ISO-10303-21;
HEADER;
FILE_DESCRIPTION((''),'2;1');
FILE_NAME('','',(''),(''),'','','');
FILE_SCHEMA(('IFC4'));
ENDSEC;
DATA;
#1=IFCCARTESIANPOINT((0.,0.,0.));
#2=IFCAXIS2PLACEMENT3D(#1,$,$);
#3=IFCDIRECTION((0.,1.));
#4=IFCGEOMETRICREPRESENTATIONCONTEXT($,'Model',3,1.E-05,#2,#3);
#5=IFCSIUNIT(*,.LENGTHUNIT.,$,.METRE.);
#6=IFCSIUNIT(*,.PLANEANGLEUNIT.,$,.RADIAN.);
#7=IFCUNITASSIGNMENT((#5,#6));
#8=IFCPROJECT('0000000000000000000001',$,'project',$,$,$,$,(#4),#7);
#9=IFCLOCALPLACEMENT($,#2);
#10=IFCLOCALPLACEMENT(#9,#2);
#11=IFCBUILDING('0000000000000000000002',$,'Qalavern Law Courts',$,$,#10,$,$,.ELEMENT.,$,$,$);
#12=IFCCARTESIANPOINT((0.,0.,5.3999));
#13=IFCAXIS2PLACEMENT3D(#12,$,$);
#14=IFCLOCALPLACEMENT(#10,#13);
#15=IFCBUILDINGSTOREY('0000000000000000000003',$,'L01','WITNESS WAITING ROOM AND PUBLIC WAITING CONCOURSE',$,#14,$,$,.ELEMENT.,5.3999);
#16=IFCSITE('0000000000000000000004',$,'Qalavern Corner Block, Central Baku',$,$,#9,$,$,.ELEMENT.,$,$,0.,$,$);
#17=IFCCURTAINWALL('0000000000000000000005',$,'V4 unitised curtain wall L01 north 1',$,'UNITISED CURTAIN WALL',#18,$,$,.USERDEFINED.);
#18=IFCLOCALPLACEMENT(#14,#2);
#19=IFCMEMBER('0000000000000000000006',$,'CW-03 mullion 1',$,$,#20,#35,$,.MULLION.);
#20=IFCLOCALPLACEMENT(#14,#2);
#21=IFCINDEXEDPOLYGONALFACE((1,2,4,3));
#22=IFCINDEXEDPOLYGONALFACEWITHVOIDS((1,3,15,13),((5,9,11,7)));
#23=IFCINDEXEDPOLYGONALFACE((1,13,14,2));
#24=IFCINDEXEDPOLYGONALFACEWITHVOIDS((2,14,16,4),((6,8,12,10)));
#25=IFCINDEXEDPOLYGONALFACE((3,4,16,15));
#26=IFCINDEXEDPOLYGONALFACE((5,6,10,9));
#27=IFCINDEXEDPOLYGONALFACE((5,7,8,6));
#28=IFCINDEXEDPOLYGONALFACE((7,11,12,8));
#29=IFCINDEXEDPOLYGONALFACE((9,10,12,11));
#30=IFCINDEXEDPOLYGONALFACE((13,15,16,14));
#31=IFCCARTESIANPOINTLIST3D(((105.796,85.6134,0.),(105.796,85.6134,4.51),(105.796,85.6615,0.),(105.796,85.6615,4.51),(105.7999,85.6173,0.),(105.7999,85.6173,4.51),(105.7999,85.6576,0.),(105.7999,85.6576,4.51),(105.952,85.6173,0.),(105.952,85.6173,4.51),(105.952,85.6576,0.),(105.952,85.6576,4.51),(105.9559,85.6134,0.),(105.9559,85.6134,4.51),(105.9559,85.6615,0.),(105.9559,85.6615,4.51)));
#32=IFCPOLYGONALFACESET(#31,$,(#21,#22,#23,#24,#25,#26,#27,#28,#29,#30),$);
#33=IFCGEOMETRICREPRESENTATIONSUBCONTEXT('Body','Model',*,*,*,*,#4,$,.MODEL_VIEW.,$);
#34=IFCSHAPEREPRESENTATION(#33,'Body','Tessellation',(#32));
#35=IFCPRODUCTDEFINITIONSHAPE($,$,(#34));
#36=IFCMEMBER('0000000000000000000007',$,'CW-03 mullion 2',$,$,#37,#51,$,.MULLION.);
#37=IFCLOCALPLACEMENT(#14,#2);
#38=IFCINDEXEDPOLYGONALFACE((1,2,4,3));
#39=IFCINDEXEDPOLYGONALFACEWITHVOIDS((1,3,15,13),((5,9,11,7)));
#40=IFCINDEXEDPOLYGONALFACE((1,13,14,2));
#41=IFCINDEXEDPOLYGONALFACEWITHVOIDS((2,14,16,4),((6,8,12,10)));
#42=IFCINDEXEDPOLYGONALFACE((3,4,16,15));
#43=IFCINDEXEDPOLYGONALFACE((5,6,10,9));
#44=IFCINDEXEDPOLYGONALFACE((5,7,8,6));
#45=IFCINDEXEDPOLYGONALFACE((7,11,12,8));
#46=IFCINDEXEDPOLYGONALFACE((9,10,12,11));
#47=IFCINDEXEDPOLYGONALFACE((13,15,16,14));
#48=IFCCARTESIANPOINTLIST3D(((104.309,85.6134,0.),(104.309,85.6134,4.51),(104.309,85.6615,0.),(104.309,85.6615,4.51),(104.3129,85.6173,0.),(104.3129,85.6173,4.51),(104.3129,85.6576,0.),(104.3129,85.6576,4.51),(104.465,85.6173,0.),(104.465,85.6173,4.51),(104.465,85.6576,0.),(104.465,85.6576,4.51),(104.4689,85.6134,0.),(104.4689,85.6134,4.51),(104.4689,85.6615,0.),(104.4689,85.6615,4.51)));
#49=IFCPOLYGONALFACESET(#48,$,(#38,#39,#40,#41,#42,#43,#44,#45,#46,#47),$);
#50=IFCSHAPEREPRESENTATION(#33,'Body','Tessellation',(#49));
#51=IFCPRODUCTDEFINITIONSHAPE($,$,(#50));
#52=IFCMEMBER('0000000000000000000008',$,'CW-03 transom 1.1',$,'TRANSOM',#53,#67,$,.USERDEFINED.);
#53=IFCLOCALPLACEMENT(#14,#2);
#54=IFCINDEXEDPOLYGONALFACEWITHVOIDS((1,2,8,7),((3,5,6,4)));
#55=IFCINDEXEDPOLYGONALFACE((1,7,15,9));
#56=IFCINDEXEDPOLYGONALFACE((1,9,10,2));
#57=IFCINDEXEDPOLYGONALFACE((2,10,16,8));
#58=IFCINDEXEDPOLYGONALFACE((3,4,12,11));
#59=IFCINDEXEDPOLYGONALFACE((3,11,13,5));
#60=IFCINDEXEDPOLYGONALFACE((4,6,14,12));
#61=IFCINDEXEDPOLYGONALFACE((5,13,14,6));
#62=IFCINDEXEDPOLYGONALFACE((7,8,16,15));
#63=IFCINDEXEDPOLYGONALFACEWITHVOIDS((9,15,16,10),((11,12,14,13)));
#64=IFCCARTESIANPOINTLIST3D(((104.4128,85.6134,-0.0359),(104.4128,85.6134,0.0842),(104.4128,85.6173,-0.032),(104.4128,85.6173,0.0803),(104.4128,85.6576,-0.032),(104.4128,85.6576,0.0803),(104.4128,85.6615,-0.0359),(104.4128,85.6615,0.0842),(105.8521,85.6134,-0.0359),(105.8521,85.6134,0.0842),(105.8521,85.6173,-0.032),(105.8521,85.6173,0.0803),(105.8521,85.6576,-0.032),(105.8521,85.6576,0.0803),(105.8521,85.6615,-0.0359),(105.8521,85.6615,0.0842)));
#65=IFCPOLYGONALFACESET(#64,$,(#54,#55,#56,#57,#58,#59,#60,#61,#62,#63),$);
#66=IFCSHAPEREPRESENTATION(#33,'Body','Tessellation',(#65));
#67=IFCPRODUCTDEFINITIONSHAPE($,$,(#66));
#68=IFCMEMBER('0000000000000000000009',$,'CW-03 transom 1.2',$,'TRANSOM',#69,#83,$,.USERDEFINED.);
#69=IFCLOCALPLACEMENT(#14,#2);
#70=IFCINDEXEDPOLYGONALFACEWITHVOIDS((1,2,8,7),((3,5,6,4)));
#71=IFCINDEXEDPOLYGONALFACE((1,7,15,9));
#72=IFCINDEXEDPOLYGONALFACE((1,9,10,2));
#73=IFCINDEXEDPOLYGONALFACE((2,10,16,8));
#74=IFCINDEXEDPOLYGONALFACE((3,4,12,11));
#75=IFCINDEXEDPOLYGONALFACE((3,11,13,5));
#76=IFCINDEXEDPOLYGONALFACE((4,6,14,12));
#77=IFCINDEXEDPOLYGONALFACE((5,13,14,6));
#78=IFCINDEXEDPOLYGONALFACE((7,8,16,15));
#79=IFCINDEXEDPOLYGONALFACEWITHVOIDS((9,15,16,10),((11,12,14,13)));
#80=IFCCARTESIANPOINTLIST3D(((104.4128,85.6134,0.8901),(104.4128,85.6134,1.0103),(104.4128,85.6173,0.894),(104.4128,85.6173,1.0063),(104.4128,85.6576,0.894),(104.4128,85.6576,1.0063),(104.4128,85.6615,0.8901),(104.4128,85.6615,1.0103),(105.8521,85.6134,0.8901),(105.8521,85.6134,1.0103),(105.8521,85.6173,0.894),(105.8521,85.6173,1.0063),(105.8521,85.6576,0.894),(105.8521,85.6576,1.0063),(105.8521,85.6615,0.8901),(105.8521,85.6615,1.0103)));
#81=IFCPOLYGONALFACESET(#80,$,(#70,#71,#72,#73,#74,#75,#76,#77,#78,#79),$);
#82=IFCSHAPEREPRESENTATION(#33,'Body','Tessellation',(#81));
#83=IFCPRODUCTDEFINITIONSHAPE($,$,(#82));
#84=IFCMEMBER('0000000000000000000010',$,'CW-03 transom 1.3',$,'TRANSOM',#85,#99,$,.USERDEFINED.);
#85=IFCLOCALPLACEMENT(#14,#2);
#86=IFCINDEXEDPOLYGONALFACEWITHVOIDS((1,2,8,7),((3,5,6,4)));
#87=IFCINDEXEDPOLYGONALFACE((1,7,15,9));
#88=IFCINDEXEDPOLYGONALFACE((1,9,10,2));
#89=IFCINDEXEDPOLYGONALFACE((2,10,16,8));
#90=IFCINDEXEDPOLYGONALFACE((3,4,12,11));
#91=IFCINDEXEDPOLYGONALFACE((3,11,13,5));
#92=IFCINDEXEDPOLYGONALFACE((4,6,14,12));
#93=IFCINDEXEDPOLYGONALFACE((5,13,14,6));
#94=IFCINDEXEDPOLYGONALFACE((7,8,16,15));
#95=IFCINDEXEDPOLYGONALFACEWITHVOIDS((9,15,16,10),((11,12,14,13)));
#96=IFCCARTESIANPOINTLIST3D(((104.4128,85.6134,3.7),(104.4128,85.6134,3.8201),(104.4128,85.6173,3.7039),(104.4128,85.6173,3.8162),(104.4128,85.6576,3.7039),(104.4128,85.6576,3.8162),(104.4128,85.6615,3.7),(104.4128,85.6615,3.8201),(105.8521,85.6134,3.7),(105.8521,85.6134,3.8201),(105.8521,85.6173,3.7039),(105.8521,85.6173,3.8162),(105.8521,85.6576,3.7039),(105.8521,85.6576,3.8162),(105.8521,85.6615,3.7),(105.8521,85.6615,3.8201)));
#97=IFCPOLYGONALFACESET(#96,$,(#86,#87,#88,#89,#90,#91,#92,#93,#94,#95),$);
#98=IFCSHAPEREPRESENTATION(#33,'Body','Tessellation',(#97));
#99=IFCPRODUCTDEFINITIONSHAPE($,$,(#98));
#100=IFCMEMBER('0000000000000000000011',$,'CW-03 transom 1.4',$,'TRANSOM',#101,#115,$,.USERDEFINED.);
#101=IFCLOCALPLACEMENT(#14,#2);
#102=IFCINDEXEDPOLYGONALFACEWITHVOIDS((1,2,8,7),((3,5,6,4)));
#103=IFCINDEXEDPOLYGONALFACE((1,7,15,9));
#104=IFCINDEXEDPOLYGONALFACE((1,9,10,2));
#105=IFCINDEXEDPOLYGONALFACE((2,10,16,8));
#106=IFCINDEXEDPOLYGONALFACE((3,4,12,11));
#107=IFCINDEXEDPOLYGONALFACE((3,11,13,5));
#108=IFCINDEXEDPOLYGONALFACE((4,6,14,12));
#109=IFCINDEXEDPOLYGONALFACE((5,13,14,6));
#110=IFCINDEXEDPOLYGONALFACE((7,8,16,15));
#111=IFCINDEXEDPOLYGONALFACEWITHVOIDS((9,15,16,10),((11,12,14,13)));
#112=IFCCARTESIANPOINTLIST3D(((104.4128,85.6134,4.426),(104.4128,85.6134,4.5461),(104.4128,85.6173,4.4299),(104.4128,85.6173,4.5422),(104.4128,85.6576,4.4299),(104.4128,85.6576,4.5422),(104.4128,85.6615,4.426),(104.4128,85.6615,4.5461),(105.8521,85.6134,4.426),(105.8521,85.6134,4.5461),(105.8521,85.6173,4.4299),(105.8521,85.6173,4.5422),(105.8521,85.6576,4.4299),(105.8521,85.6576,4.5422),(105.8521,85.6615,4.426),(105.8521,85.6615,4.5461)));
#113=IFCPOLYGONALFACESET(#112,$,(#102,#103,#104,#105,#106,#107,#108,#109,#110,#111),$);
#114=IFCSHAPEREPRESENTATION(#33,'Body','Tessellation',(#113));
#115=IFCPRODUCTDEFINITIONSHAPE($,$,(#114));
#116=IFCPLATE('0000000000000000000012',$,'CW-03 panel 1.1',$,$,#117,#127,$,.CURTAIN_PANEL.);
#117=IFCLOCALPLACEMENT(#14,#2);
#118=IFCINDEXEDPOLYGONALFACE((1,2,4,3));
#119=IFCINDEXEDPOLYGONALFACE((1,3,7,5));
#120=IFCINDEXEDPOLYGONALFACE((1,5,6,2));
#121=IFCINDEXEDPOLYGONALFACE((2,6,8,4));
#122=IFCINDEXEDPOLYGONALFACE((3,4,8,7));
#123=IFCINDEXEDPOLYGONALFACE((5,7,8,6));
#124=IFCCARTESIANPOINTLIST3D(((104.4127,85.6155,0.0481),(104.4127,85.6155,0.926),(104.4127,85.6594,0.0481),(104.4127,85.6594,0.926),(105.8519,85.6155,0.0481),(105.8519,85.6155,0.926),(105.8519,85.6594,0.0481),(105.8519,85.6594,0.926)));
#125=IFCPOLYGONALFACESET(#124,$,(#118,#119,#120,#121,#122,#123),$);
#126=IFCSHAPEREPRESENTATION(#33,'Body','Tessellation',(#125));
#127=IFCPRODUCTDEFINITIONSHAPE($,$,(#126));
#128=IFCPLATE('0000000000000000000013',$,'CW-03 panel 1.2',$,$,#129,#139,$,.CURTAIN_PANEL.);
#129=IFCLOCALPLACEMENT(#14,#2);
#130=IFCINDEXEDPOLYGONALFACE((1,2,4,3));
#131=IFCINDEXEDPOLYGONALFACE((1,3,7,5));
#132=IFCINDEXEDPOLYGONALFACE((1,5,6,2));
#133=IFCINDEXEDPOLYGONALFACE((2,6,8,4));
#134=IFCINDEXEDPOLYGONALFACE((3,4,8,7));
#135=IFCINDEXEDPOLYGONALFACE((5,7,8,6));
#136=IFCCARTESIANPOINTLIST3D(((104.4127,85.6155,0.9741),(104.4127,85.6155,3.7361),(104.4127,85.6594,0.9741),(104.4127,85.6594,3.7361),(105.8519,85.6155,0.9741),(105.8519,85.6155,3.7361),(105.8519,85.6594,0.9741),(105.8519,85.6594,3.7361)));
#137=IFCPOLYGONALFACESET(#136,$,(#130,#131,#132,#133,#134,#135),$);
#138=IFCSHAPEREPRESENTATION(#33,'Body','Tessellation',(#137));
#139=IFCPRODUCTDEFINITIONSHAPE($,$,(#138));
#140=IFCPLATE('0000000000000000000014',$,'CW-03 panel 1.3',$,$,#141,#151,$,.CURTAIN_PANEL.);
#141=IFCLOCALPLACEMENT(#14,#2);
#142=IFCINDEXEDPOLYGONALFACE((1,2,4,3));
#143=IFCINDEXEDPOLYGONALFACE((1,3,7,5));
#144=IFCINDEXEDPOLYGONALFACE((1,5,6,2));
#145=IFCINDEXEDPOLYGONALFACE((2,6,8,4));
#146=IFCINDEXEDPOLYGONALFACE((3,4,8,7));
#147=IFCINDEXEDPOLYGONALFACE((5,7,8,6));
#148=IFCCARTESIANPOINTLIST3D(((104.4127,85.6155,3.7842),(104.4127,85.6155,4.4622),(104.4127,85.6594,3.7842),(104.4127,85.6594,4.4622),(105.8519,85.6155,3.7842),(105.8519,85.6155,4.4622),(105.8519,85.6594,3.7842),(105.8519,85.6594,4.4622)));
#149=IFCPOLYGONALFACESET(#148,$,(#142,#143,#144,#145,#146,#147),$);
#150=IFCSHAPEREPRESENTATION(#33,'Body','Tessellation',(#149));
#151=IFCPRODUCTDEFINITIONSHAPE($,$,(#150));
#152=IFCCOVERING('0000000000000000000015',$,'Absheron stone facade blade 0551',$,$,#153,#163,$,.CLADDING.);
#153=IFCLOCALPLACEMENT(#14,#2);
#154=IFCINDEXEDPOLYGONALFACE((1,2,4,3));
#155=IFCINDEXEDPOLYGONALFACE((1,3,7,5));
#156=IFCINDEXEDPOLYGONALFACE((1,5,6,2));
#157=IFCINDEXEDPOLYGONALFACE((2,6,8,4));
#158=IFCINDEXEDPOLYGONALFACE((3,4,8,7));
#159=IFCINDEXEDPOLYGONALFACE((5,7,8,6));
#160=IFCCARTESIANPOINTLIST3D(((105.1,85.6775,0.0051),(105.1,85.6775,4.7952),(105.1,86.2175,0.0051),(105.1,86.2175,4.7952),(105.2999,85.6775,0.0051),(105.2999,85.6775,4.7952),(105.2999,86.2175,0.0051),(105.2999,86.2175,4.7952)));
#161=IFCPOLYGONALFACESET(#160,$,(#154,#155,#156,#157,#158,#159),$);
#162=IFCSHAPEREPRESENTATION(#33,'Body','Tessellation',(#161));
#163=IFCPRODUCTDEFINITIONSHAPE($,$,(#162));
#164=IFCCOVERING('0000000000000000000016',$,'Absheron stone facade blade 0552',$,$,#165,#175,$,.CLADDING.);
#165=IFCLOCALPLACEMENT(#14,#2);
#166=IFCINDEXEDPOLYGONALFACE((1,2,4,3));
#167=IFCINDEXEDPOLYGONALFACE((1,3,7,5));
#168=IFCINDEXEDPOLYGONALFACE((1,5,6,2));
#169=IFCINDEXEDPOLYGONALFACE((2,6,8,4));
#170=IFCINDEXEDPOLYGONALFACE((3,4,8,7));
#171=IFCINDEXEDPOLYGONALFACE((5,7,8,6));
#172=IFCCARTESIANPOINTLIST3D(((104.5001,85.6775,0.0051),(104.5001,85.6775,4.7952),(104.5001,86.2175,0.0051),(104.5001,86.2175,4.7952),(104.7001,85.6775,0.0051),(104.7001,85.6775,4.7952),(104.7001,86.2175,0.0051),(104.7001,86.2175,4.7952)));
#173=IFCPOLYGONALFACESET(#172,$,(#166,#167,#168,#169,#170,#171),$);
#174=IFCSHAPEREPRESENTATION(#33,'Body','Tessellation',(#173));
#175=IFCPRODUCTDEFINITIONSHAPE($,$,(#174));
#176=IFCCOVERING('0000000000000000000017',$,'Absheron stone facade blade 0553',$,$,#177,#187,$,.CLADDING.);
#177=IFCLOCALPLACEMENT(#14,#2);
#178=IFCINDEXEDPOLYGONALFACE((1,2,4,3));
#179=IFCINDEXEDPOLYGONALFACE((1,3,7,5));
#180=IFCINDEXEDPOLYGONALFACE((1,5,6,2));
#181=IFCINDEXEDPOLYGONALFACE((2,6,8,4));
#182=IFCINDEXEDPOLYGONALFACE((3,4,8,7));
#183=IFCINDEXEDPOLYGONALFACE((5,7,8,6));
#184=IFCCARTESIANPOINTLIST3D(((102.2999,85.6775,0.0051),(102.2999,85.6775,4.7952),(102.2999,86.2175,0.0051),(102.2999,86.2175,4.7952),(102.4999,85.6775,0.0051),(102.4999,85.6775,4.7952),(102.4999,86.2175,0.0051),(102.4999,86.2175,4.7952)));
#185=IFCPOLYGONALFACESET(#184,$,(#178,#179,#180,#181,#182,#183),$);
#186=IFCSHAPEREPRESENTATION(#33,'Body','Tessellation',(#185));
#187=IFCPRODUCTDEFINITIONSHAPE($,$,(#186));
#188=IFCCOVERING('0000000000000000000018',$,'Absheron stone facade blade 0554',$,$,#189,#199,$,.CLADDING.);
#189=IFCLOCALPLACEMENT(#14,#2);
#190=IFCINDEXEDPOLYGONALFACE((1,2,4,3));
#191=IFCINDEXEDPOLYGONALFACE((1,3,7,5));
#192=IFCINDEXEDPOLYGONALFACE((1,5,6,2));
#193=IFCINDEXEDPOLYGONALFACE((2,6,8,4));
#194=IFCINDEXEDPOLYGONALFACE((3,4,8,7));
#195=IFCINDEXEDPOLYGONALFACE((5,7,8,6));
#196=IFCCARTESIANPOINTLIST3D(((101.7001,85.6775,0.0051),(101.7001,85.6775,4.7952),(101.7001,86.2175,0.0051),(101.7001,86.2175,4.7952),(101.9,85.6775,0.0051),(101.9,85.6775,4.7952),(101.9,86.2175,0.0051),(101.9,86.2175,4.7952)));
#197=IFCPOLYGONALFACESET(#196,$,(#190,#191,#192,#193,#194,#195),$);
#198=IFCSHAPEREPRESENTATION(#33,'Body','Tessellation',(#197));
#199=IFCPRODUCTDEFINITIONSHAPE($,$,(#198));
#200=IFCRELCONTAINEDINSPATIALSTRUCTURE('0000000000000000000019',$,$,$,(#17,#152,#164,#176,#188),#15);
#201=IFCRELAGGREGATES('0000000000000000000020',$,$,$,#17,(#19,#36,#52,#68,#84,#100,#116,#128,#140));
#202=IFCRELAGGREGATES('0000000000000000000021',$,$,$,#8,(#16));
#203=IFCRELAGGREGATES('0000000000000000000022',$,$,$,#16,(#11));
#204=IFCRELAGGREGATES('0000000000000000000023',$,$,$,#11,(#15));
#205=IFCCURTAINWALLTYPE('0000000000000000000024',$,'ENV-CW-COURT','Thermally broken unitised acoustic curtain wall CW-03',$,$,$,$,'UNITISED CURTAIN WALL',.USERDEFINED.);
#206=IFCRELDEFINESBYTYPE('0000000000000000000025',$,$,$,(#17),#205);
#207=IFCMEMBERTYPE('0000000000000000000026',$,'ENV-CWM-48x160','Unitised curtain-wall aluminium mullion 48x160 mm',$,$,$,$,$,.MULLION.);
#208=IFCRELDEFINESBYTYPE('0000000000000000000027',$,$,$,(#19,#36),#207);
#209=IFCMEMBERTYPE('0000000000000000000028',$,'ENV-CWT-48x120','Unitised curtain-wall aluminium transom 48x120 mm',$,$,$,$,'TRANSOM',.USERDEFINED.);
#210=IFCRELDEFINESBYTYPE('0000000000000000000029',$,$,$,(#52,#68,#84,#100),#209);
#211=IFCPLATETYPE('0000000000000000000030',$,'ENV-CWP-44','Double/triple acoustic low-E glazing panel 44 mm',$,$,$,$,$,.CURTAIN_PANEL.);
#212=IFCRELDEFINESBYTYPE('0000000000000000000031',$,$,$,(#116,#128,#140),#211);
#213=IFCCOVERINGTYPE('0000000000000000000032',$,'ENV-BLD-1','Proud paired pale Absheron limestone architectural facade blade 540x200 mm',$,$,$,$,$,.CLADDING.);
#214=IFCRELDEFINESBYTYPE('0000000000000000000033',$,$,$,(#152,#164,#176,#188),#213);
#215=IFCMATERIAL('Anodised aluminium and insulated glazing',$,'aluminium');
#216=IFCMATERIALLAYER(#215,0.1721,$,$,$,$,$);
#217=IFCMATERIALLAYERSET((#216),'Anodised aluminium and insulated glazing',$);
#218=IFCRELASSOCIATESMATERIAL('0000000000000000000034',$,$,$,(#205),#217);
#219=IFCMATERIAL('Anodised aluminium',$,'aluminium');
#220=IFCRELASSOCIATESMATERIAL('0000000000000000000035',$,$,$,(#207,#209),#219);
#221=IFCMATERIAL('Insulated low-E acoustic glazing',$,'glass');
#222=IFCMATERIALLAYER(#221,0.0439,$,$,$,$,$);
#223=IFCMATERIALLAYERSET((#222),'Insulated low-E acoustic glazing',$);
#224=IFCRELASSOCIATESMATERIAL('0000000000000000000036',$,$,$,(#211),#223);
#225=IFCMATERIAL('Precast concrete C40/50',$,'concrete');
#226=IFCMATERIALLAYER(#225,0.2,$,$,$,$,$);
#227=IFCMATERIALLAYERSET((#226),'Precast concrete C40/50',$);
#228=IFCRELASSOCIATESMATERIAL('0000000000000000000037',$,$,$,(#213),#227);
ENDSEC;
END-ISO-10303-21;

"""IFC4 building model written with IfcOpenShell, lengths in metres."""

from ifc_helpers import new_model, si_unit, direction, frame, origin, origin_2d, place, context, subcontext, project, spatial, rectangle, hollow_rectangle, extrude, material, layer, layer_set, material_profile, profile_set, type_object, element, aggregate, save


model = new_model("IFC4")

# Units and contexts
model_context = context("Model", 3, precision=1e-05, world=origin(), true_north=direction((0.0, 1.0)))
body_context = subcontext(model_context, "Body", "Model", "MODEL_VIEW")
ifc_project = project(units=[si_unit("LENGTHUNIT", "METRE"), si_unit("PLANEANGLEUNIT", "RADIAN")], contexts=[model_context])

# Site, building, storey
site_placement = place(None, origin())
site = spatial("IfcSite", under=ifc_project, at=site_placement, Name="Qalavern Corner Block, Central Baku", CompositionType="ELEMENT", RefElevation=0.0)
building_placement = place(site_placement, origin())
building = spatial("IfcBuilding", under=site, at=building_placement, Name="Qalavern Law Courts", CompositionType="ELEMENT")
storey_placement = place(building_placement, frame((0.0, 0.0, 5.3999)))
storey = spatial("IfcBuildingStorey", under=building, at=storey_placement, Name="L01", Description="WITNESS WAITING ROOM AND PUBLIC WAITING CONCOURSE", CompositionType="ELEMENT", Elevation=5.3999)

# Curtain wall, members, plates
ifc_material_1 = material(Name="Anodised aluminium and insulated glazing", Category="aluminium")
ifc_layer_1 = layer(ifc_material_1, 0.1721)
ifc_layer_set_1 = layer_set([ifc_layer_1], Name="Anodised aluminium and insulated glazing")
curtain_wall_type = type_object("IfcCurtainWallType", Name="ENV-CW-COURT", Description="Thermally broken unitised acoustic curtain wall CW-03", ElementType="UNITISED CURTAIN WALL", PredefinedType="USERDEFINED", material=ifc_layer_set_1)
curtain_wall_placement = place(storey_placement, origin())
curtain_wall = element("IfcCurtainWall", 1, at=curtain_wall_placement, inside=storey, type_object=curtain_wall_type, Name="V4 unitised curtain wall L01 north 1", ObjectType="UNITISED CURTAIN WALL", PredefinedType="USERDEFINED")
ifc_material_2 = material(Name="Anodised aluminium", Category="aluminium")
ifc_material_profile_1 = material_profile(ifc_material_2, hollow_rectangle(XDim=0.0481, YDim=0.1599, WallThickness=0.0039, at=origin_2d()), Name="ALU MULLION 48x160")
ifc_profile_set_1 = profile_set([ifc_material_profile_1], Name="Anodised aluminium")
member_type_1 = type_object("IfcMemberType", Name="ENV-CWM-48x160", Description="Unitised curtain-wall aluminium mullion 48x160 mm", PredefinedType="MULLION", material=ifc_profile_set_1)
member_1_placement = place(storey_placement, frame((105.876, 85.6375, 0.0), z_axis=(0.0, 0.0, 1.0), x_axis=(0.0, -1.0, 0.0)))
member_1 = element("IfcMember", 2, at=member_1_placement, type_object=member_type_1, Name="CW-03 mullion 1", PredefinedType="MULLION", context=body_context, shape_type="SweptSolid", body=[
    extrude(hollow_rectangle(XDim=0.0481, YDim=0.1599, WallThickness=0.0039, at=origin_2d()), origin(), (0.0, 0.0, 1.0), 4.51),
])
member_2_placement = place(storey_placement, frame((104.3889, 85.6375, 0.0), z_axis=(0.0, 0.0, 1.0), x_axis=(0.0, -1.0, 0.0)))
member_2 = element("IfcMember", 3, at=member_2_placement, type_object=member_type_1, Name="CW-03 mullion 2", PredefinedType="MULLION", context=body_context, shape_type="SweptSolid", body=[
    extrude(hollow_rectangle(XDim=0.0481, YDim=0.1599, WallThickness=0.0039, at=origin_2d()), origin(), (0.0, 0.0, 1.0), 4.51),
])
ifc_material_profile_2 = material_profile(ifc_material_2, hollow_rectangle(XDim=0.0481, YDim=0.1201, WallThickness=0.0039, at=origin_2d()), Name="ALU TRANSOM 48x120")
ifc_profile_set_2 = profile_set([ifc_material_profile_2], Name="Anodised aluminium")
member_type_2 = type_object("IfcMemberType", Name="ENV-CWT-48x120", Description="Unitised curtain-wall aluminium transom 48x120 mm", ElementType="TRANSOM", PredefinedType="USERDEFINED", material=ifc_profile_set_2)
member_3_placement = place(storey_placement, frame((105.8521, 85.6375, 0.0242), z_axis=(-1.0, 0.0, 0.0), x_axis=(0.0, -1.0, 0.0)))
member_3 = element("IfcMember", 4, at=member_3_placement, type_object=member_type_2, Name="CW-03 transom 1.1", ObjectType="TRANSOM", PredefinedType="USERDEFINED", context=body_context, shape_type="SweptSolid", body=[
    extrude(hollow_rectangle(XDim=0.0481, YDim=0.1201, WallThickness=0.0039, at=origin_2d()), origin(), (0.0, 0.0, 1.0), 1.4392),
])
member_4_placement = place(storey_placement, frame((105.8521, 85.6375, 0.9502), z_axis=(-1.0, 0.0, 0.0), x_axis=(0.0, -1.0, 0.0)))
member_4 = element("IfcMember", 5, at=member_4_placement, type_object=member_type_2, Name="CW-03 transom 1.2", ObjectType="TRANSOM", PredefinedType="USERDEFINED", context=body_context, shape_type="SweptSolid", body=[
    extrude(hollow_rectangle(XDim=0.0481, YDim=0.1201, WallThickness=0.0039, at=origin_2d()), origin(), (0.0, 0.0, 1.0), 1.4392),
])
member_5_placement = place(storey_placement, frame((105.8521, 85.6375, 3.76), z_axis=(-1.0, 0.0, 0.0), x_axis=(0.0, -1.0, 0.0)))
member_5 = element("IfcMember", 6, at=member_5_placement, type_object=member_type_2, Name="CW-03 transom 1.3", ObjectType="TRANSOM", PredefinedType="USERDEFINED", context=body_context, shape_type="SweptSolid", body=[
    extrude(hollow_rectangle(XDim=0.0481, YDim=0.1201, WallThickness=0.0039, at=origin_2d()), origin(), (0.0, 0.0, 1.0), 1.4392),
])
member_6_placement = place(storey_placement, frame((105.8521, 85.6375, 4.4861), z_axis=(-1.0, 0.0, 0.0), x_axis=(0.0, -1.0, 0.0)))
member_6 = element("IfcMember", 7, at=member_6_placement, type_object=member_type_2, Name="CW-03 transom 1.4", ObjectType="TRANSOM", PredefinedType="USERDEFINED", context=body_context, shape_type="SweptSolid", body=[
    extrude(hollow_rectangle(XDim=0.0481, YDim=0.1201, WallThickness=0.0039, at=origin_2d()), origin(), (0.0, 0.0, 1.0), 1.4392),
])
ifc_material_3 = material(Name="Insulated low-E acoustic glazing", Category="glass")
ifc_layer_2 = layer(ifc_material_3, 0.0439)
ifc_layer_set_2 = layer_set([ifc_layer_2], Name="Insulated low-E acoustic glazing")
plate_type = type_object("IfcPlateType", Name="ENV-CWP-44", Description="Double/triple acoustic low-E glazing panel 44 mm", PredefinedType="CURTAIN_PANEL", material=ifc_layer_set_2)
plate_1_placement = place(storey_placement, frame((105.1323, 85.6375, 0.0481), z_axis=(0.0, 0.0, 1.0), x_axis=(-1.0, 0.0, 0.0)))
plate_1 = element("IfcPlate", 8, at=plate_1_placement, type_object=plate_type, Name="CW-03 panel 1.1", PredefinedType="CURTAIN_PANEL", context=body_context, shape_type="SweptSolid", body=[
    extrude(rectangle(XDim=1.4392, YDim=0.0439, at=origin_2d()), origin(), (0.0, 0.0, 1.0), 0.8779),
])
plate_2_placement = place(storey_placement, frame((105.1323, 85.6375, 0.9741), z_axis=(0.0, 0.0, 1.0), x_axis=(-1.0, 0.0, 0.0)))
plate_2 = element("IfcPlate", 9, at=plate_2_placement, type_object=plate_type, Name="CW-03 panel 1.2", PredefinedType="CURTAIN_PANEL", context=body_context, shape_type="SweptSolid", body=[
    extrude(rectangle(XDim=1.4392, YDim=0.0439, at=origin_2d()), origin(), (0.0, 0.0, 1.0), 2.762),
])
plate_3_placement = place(storey_placement, frame((105.1323, 85.6375, 3.7842), z_axis=(0.0, 0.0, 1.0), x_axis=(-1.0, 0.0, 0.0)))
plate_3 = element("IfcPlate", 10, at=plate_3_placement, type_object=plate_type, Name="CW-03 panel 1.3", PredefinedType="CURTAIN_PANEL", context=body_context, shape_type="SweptSolid", body=[
    extrude(rectangle(XDim=1.4392, YDim=0.0439, at=origin_2d()), origin(), (0.0, 0.0, 1.0), 0.678),
])
aggregate(curtain_wall, [member_1, member_2, member_3, member_4, member_5, member_6, plate_1, plate_2, plate_3])

# Coverings
ifc_material_4 = material(Name="Precast concrete C40/50", Category="concrete")
ifc_layer_3 = layer(ifc_material_4, 0.2)
ifc_layer_set_3 = layer_set([ifc_layer_3], Name="Precast concrete C40/50")
covering_type_1 = type_object("IfcCoveringType", Name="ENV-BLD-1", Description="Proud paired pale Absheron limestone architectural facade blade 540x200 mm", PredefinedType="CLADDING", material=ifc_layer_set_3)
for number, where, z_axis, x_axis, name in (
    (11, (105.2, 85.9475, 0.0051), (0.0, 0.0, 1.0), (0.0, 1.0, 0.0), "Absheron stone facade blade 0551"),
    (12, (104.6001, 85.9475, 0.0051), (0.0, 0.0, 1.0), (0.0, 1.0, 0.0), "Absheron stone facade blade 0552"),
    (13, (102.3999, 85.9475, 0.0051), (0.0, 0.0, 1.0), (0.0, 1.0, 0.0), "Absheron stone facade blade 0553"),
    (14, (101.8, 85.9475, 0.0051), (0.0, 0.0, 1.0), (0.0, 1.0, 0.0), "Absheron stone facade blade 0554"),
):
    element("IfcCovering", number, at=place(storey_placement, frame(where, z_axis=z_axis, x_axis=x_axis)), inside=storey, type_object=covering_type_1, Name=name, PredefinedType="CLADDING", context=body_context, shape_type="SweptSolid", body=[
        extrude(rectangle(XDim=0.54, YDim=0.2, at=origin_2d()), origin(), (0.0, 0.0, 1.0), 4.79),
    ])

save(model, "model.ifc")
